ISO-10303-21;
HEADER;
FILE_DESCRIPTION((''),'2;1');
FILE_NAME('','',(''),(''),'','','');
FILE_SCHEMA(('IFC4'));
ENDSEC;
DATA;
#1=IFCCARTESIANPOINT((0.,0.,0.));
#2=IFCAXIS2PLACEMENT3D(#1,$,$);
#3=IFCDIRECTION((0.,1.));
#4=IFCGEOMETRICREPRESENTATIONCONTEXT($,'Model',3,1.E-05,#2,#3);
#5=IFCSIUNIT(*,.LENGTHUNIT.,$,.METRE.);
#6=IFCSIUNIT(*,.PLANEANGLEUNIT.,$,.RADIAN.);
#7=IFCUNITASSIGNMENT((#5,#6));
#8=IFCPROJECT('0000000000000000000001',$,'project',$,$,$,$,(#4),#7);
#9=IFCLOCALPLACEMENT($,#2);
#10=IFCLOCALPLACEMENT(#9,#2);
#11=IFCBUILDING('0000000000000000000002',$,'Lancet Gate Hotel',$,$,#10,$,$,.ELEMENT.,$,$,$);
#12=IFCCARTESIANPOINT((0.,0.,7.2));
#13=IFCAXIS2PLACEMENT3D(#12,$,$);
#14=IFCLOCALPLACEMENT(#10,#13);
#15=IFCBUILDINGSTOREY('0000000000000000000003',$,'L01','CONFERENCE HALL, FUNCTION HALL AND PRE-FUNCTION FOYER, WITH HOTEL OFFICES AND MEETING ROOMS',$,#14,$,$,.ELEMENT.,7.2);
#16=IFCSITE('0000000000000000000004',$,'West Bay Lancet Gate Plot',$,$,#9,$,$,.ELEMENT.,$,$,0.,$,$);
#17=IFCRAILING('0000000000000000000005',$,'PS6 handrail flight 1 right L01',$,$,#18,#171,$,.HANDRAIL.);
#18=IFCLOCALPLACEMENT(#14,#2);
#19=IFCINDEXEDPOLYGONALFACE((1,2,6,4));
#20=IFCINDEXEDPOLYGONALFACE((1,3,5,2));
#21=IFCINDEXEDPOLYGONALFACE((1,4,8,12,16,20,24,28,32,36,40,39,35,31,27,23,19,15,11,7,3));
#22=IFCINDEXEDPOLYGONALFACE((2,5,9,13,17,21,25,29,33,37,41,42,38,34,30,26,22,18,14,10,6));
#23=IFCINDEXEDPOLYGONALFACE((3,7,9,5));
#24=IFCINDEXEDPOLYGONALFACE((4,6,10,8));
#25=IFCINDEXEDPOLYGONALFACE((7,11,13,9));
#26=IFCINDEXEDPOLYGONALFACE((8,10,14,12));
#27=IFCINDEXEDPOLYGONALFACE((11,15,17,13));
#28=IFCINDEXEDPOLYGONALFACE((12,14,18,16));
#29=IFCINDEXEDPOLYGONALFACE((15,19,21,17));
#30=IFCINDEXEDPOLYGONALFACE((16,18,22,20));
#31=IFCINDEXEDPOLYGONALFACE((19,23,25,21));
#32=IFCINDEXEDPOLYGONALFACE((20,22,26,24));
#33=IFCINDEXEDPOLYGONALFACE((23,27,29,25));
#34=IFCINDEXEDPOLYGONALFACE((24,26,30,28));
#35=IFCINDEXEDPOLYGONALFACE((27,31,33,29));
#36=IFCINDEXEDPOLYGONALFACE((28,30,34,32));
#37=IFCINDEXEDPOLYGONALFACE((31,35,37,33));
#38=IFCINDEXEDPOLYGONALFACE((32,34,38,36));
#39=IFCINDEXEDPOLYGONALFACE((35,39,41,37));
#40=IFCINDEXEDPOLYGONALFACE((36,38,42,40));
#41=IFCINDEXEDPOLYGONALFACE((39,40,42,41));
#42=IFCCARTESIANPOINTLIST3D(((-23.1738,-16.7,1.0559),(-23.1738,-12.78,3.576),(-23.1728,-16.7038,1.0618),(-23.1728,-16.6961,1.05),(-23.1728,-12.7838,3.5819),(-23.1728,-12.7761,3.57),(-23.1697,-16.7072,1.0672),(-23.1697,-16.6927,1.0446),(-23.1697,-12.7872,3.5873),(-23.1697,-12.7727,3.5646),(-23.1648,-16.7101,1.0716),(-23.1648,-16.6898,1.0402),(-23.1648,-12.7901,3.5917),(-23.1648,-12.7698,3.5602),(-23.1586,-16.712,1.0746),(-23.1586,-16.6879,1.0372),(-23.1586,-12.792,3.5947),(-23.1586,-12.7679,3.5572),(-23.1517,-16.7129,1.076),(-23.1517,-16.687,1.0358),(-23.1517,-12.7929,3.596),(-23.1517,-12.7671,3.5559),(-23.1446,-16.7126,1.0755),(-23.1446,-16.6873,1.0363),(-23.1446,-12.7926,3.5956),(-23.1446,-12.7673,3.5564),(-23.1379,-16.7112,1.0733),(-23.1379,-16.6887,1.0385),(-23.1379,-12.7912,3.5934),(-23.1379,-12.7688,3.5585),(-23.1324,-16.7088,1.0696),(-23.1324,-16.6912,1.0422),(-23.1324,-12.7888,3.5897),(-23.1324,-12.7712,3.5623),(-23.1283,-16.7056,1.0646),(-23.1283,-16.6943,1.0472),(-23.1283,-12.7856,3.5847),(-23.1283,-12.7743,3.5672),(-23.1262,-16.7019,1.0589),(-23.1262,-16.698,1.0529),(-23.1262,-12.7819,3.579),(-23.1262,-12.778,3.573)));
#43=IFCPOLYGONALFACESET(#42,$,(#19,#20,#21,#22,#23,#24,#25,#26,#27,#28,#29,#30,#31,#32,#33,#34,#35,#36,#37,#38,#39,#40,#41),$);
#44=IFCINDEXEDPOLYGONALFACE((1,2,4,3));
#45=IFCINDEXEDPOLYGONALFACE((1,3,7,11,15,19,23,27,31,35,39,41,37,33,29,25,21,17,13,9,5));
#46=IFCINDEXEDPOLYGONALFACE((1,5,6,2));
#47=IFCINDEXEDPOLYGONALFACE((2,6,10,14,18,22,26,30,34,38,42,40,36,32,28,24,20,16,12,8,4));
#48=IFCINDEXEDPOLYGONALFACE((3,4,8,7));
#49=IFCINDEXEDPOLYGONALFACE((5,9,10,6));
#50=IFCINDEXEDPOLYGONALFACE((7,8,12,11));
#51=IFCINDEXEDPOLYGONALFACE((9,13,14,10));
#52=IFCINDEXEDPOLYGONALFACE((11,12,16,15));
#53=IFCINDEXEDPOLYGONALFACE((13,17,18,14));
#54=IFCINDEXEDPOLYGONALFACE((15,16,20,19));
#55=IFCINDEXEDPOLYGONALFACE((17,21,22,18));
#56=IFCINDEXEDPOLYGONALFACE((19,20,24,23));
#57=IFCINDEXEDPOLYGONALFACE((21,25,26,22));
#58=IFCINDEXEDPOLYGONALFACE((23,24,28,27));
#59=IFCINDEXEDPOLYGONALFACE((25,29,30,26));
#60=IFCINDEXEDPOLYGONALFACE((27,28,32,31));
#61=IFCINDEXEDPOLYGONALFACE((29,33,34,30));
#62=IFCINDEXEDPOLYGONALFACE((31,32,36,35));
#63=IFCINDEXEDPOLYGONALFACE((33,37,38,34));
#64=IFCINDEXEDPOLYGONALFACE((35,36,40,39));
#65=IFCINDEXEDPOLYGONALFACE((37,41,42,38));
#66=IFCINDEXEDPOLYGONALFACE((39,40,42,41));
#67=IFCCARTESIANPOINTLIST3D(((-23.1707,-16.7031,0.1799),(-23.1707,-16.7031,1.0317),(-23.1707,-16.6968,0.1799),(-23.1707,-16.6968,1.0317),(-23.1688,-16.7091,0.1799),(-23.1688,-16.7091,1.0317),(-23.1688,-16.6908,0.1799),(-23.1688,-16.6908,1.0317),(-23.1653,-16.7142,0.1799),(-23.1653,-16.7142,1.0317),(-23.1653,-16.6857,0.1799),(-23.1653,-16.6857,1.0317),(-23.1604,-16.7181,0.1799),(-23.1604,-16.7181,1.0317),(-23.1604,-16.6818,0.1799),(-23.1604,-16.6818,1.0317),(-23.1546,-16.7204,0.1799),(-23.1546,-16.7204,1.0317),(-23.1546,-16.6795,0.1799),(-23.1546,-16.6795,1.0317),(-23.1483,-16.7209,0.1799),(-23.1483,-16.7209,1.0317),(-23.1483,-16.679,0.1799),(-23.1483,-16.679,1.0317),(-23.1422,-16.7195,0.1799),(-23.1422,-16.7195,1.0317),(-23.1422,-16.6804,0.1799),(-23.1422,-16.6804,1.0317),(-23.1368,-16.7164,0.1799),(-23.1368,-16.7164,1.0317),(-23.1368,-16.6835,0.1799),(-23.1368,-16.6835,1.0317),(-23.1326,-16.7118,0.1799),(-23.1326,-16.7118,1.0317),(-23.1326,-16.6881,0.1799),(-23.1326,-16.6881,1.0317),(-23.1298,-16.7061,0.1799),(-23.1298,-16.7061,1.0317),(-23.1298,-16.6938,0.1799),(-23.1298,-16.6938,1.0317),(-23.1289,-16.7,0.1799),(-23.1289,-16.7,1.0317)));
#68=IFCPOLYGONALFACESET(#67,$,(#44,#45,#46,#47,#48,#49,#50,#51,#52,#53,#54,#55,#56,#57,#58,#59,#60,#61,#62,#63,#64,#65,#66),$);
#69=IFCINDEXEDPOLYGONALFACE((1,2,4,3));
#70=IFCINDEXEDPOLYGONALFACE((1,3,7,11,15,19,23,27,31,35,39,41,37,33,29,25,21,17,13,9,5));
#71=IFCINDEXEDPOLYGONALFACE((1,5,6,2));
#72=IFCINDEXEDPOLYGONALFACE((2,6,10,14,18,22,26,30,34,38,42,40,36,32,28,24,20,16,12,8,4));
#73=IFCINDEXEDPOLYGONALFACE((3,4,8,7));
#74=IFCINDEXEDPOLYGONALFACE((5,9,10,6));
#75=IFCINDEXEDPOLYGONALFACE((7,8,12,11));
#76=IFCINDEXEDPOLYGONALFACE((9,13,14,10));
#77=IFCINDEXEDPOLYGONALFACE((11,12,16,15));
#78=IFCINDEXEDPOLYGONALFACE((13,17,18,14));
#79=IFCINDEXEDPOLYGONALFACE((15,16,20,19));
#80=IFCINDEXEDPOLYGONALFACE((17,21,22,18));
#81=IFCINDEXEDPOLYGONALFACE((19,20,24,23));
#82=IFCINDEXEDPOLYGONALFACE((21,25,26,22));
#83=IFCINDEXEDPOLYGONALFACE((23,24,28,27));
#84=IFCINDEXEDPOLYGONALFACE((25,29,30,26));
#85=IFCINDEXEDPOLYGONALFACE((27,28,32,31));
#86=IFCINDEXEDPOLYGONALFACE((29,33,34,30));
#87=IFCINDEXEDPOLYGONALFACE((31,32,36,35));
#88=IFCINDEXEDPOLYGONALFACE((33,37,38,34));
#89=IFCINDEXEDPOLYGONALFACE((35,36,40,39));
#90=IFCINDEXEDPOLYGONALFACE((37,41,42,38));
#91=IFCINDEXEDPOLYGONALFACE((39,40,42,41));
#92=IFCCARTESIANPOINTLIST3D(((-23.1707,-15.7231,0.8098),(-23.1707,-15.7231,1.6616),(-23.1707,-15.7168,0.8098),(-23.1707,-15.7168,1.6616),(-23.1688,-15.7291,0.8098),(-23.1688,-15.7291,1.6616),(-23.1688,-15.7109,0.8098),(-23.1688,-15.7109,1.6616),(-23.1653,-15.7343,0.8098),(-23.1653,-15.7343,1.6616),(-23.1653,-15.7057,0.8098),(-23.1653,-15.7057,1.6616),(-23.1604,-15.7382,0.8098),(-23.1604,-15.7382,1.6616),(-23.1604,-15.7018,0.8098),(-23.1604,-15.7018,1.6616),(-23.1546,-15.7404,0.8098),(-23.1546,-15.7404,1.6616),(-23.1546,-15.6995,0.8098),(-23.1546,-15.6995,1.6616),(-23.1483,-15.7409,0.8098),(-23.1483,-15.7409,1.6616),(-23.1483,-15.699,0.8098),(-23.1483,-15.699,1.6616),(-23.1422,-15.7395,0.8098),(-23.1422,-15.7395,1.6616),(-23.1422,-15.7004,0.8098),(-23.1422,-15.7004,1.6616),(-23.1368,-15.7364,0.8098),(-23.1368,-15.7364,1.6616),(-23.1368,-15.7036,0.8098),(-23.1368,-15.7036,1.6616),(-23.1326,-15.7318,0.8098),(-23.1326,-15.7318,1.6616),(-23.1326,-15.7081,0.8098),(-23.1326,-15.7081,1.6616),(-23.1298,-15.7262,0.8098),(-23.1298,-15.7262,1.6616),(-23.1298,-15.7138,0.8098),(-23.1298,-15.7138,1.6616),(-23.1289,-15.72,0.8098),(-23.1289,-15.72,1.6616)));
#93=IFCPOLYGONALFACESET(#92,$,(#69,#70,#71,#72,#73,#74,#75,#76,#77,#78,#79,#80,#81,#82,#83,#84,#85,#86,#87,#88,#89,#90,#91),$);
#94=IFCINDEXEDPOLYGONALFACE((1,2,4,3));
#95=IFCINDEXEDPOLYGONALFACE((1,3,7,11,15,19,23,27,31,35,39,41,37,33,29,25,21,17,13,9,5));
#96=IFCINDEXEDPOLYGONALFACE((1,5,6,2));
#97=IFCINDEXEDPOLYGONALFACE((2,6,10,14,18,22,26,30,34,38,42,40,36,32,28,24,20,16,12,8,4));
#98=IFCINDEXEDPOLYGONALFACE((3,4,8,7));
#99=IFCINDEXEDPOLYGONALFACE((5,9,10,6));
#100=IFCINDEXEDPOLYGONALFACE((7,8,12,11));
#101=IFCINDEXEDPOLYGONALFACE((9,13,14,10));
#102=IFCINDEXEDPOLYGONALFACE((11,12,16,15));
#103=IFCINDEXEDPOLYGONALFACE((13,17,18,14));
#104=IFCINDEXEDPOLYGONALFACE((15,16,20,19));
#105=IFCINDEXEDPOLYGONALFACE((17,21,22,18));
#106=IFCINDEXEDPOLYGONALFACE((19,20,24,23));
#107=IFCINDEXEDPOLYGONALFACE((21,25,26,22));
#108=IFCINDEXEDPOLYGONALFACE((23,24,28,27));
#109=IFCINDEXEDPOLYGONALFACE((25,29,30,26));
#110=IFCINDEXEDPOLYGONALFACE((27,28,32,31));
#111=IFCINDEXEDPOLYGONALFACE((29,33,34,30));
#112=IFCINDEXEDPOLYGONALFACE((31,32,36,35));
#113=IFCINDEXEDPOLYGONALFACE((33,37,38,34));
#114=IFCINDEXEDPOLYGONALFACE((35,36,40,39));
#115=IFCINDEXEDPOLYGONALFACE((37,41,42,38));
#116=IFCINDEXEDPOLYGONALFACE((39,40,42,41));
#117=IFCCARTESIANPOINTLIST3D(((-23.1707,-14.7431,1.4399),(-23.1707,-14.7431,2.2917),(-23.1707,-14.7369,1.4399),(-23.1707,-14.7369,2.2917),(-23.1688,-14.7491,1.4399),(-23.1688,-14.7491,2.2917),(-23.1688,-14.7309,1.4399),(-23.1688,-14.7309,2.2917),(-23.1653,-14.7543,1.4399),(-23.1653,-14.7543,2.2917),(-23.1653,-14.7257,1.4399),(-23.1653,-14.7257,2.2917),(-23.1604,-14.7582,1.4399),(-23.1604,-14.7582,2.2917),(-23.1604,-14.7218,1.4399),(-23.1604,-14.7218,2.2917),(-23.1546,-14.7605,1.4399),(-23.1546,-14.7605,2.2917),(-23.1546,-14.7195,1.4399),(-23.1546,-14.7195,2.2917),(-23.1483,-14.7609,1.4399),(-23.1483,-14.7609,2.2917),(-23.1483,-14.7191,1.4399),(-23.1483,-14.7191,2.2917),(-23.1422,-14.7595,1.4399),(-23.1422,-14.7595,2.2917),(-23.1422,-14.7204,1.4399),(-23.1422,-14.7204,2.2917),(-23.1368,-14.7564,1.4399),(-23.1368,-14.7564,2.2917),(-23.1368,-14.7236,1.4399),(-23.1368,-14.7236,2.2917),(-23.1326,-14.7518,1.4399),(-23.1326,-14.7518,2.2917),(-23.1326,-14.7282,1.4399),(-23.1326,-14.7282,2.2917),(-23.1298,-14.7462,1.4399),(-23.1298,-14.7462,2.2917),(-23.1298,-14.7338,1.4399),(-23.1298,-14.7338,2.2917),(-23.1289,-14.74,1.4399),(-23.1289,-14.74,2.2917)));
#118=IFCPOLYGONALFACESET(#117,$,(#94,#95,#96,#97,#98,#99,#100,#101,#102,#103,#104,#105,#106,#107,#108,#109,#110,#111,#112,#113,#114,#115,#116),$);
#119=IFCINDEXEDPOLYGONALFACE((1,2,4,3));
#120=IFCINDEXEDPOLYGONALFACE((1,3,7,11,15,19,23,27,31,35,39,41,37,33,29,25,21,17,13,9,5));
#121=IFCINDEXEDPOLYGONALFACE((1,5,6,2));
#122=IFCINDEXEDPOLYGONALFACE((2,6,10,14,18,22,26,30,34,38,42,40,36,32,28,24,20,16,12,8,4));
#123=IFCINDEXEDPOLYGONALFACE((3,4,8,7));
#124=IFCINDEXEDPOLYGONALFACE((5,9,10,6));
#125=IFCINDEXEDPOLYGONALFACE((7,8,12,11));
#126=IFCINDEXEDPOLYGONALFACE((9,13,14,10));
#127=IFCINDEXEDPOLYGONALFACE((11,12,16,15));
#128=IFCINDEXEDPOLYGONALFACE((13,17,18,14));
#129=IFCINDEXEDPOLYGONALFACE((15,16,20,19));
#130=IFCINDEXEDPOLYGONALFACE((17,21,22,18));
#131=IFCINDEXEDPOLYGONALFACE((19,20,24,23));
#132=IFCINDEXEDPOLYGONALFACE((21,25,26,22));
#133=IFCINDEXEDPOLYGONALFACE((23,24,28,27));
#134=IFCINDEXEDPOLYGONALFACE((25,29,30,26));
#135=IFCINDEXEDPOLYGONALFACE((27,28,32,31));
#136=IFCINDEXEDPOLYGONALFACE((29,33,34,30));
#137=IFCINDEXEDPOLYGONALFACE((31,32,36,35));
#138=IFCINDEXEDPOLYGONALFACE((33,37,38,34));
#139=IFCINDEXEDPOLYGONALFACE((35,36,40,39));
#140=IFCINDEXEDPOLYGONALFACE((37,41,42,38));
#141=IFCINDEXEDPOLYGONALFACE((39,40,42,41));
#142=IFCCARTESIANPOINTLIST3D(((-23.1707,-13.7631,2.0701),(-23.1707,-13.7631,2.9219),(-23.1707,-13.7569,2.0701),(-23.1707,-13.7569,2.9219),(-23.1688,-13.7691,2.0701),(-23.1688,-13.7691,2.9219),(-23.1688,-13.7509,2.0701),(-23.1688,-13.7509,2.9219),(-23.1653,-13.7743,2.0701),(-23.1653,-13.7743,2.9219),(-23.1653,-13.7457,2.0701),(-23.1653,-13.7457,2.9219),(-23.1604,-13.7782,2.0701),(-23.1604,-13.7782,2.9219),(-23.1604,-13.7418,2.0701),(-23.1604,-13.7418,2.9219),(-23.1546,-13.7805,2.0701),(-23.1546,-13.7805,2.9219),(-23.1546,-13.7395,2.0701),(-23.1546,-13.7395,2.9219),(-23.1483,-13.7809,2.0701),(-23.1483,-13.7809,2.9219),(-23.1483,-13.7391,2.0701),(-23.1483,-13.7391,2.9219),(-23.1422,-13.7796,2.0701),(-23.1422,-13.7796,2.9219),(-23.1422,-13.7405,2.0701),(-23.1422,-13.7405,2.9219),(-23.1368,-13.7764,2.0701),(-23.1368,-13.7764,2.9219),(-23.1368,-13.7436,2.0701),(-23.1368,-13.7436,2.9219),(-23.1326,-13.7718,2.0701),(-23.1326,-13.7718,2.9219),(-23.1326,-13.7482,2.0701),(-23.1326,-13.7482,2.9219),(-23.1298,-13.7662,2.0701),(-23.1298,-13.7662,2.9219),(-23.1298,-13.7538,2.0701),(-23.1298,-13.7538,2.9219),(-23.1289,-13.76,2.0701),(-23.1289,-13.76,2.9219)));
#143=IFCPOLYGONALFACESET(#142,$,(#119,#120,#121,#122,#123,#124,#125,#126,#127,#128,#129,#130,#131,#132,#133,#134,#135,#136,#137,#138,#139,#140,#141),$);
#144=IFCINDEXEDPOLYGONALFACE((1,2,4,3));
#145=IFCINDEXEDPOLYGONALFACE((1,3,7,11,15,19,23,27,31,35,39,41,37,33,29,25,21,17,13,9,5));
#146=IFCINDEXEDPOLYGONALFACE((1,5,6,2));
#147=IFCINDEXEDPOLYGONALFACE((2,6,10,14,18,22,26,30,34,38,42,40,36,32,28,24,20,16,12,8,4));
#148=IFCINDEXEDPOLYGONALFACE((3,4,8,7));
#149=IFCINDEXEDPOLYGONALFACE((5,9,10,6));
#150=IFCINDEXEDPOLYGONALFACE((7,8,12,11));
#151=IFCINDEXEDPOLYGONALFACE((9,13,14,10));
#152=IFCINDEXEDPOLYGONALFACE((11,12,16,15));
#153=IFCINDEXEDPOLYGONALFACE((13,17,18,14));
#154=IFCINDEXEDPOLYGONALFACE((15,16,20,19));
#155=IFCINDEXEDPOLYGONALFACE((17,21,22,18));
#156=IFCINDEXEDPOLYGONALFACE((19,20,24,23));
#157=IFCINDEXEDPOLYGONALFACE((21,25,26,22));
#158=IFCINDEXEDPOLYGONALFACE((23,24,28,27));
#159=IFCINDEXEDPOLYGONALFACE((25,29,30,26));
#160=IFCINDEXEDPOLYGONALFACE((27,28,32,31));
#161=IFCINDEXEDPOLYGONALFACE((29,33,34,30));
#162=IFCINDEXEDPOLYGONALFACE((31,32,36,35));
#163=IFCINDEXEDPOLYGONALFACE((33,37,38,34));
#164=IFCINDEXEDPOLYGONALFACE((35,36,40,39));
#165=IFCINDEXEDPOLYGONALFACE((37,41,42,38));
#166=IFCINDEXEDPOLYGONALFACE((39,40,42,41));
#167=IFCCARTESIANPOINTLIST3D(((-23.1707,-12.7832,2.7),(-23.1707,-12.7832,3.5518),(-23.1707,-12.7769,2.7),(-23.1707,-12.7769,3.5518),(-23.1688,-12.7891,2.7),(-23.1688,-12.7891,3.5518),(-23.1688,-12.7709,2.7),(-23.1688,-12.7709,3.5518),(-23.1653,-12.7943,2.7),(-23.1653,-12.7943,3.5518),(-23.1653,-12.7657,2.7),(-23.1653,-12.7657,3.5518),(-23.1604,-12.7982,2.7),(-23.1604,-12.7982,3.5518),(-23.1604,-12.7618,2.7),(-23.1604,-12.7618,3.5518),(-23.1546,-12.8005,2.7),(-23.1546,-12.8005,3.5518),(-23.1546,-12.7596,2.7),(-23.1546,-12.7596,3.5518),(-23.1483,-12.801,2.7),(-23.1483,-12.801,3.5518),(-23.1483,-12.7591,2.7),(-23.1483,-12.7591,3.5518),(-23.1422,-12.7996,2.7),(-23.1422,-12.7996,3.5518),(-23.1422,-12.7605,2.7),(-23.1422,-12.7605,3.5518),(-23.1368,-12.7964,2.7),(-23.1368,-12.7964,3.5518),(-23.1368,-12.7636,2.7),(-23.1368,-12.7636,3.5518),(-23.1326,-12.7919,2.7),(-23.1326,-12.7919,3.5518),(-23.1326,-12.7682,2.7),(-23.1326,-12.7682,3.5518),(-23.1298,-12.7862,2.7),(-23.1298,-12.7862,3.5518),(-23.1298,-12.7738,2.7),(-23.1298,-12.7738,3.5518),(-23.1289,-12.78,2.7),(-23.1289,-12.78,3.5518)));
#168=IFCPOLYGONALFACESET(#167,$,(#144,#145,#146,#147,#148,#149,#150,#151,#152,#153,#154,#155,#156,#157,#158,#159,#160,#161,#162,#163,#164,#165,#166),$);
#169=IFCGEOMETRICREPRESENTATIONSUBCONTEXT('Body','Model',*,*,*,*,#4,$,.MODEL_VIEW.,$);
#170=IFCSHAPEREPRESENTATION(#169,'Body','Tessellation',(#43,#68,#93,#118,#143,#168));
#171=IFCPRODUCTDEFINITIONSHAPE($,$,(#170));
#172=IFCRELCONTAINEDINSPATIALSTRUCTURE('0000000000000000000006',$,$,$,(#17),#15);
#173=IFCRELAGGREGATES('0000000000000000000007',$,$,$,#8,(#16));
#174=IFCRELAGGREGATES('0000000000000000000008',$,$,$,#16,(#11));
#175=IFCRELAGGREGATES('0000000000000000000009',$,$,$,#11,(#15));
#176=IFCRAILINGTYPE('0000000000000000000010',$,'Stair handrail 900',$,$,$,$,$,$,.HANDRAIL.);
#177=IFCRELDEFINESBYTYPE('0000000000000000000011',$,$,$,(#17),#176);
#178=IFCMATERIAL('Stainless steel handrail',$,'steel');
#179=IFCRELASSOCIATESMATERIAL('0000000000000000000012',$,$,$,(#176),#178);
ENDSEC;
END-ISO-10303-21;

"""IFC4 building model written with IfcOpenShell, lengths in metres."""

from ifc_helpers import new_model, si_unit, direction, frame, origin, origin_2d, place, context, subcontext, project, spatial, circle, extrude, material, type_object, element, save


model = new_model("IFC4")

# Units and contexts
model_context = context("Model", 3, precision=1e-05, world=origin(), true_north=direction((0.0, 1.0)))
body_context = subcontext(model_context, "Body", "Model", "MODEL_VIEW")
ifc_project = project(units=[si_unit("LENGTHUNIT", "METRE"), si_unit("PLANEANGLEUNIT", "RADIAN")], contexts=[model_context])

# Site, building, storey
site_placement = place(None, origin())
site = spatial("IfcSite", under=ifc_project, at=site_placement, Name="West Bay Lancet Gate Plot", CompositionType="ELEMENT", RefElevation=0.0)
building_placement = place(site_placement, origin())
building = spatial("IfcBuilding", under=site, at=building_placement, Name="Lancet Gate Hotel", CompositionType="ELEMENT")
storey_placement = place(building_placement, frame((0.0, 0.0, 7.2)))
storey = spatial("IfcBuildingStorey", under=building, at=storey_placement, Name="L01", Description="CONFERENCE HALL, FUNCTION HALL AND PRE-FUNCTION FOYER, WITH HOTEL OFFICES AND MEETING ROOMS", CompositionType="ELEMENT", Elevation=7.2)

# Railing
ifc_material_1 = material(Name="Stainless steel handrail", Category="steel")
railing_type_1 = type_object("IfcRailingType", Name="Stair handrail 900", PredefinedType="HANDRAIL", material=ifc_material_1)
railing_1_placement = place(storey_placement, frame((-23.1499, -16.7, 0.1799)))
element("IfcRailing", 1, at=railing_1_placement, inside=storey, type_object=railing_type_1, Name="PS6 handrail flight 1 right L01", PredefinedType="HANDRAIL", context=body_context, shape_type="SweptSolid", body=[
    extrude(circle(Radius=0.0239, at=origin_2d()), frame((0.0, 0.0, 0.876), z_axis=(0.0, 0.841172, 0.540768), x_axis=(-1.0, 0.0, 0.0)), (0.0, 0.0, 1.0), 4.6602),
    extrude(circle(Radius=0.021, at=origin_2d()), origin(), (0.0, 0.0, 1.0), 0.8518),
    extrude(circle(Radius=0.021, at=origin_2d()), frame((0.0, 0.98, 0.6299)), (0.0, 0.0, 1.0), 0.8518),
    extrude(circle(Radius=0.021, at=origin_2d()), frame((0.0, 1.96, 1.26)), (0.0, 0.0, 1.0), 0.8518),
    extrude(circle(Radius=0.021, at=origin_2d()), frame((0.0, 2.9399, 1.8901)), (0.0, 0.0, 1.0), 0.8518),
    extrude(circle(Radius=0.021, at=origin_2d()), frame((0.0, 3.9199, 2.52)), (0.0, 0.0, 1.0), 0.8518),
])

save(model, "model.ifc")
